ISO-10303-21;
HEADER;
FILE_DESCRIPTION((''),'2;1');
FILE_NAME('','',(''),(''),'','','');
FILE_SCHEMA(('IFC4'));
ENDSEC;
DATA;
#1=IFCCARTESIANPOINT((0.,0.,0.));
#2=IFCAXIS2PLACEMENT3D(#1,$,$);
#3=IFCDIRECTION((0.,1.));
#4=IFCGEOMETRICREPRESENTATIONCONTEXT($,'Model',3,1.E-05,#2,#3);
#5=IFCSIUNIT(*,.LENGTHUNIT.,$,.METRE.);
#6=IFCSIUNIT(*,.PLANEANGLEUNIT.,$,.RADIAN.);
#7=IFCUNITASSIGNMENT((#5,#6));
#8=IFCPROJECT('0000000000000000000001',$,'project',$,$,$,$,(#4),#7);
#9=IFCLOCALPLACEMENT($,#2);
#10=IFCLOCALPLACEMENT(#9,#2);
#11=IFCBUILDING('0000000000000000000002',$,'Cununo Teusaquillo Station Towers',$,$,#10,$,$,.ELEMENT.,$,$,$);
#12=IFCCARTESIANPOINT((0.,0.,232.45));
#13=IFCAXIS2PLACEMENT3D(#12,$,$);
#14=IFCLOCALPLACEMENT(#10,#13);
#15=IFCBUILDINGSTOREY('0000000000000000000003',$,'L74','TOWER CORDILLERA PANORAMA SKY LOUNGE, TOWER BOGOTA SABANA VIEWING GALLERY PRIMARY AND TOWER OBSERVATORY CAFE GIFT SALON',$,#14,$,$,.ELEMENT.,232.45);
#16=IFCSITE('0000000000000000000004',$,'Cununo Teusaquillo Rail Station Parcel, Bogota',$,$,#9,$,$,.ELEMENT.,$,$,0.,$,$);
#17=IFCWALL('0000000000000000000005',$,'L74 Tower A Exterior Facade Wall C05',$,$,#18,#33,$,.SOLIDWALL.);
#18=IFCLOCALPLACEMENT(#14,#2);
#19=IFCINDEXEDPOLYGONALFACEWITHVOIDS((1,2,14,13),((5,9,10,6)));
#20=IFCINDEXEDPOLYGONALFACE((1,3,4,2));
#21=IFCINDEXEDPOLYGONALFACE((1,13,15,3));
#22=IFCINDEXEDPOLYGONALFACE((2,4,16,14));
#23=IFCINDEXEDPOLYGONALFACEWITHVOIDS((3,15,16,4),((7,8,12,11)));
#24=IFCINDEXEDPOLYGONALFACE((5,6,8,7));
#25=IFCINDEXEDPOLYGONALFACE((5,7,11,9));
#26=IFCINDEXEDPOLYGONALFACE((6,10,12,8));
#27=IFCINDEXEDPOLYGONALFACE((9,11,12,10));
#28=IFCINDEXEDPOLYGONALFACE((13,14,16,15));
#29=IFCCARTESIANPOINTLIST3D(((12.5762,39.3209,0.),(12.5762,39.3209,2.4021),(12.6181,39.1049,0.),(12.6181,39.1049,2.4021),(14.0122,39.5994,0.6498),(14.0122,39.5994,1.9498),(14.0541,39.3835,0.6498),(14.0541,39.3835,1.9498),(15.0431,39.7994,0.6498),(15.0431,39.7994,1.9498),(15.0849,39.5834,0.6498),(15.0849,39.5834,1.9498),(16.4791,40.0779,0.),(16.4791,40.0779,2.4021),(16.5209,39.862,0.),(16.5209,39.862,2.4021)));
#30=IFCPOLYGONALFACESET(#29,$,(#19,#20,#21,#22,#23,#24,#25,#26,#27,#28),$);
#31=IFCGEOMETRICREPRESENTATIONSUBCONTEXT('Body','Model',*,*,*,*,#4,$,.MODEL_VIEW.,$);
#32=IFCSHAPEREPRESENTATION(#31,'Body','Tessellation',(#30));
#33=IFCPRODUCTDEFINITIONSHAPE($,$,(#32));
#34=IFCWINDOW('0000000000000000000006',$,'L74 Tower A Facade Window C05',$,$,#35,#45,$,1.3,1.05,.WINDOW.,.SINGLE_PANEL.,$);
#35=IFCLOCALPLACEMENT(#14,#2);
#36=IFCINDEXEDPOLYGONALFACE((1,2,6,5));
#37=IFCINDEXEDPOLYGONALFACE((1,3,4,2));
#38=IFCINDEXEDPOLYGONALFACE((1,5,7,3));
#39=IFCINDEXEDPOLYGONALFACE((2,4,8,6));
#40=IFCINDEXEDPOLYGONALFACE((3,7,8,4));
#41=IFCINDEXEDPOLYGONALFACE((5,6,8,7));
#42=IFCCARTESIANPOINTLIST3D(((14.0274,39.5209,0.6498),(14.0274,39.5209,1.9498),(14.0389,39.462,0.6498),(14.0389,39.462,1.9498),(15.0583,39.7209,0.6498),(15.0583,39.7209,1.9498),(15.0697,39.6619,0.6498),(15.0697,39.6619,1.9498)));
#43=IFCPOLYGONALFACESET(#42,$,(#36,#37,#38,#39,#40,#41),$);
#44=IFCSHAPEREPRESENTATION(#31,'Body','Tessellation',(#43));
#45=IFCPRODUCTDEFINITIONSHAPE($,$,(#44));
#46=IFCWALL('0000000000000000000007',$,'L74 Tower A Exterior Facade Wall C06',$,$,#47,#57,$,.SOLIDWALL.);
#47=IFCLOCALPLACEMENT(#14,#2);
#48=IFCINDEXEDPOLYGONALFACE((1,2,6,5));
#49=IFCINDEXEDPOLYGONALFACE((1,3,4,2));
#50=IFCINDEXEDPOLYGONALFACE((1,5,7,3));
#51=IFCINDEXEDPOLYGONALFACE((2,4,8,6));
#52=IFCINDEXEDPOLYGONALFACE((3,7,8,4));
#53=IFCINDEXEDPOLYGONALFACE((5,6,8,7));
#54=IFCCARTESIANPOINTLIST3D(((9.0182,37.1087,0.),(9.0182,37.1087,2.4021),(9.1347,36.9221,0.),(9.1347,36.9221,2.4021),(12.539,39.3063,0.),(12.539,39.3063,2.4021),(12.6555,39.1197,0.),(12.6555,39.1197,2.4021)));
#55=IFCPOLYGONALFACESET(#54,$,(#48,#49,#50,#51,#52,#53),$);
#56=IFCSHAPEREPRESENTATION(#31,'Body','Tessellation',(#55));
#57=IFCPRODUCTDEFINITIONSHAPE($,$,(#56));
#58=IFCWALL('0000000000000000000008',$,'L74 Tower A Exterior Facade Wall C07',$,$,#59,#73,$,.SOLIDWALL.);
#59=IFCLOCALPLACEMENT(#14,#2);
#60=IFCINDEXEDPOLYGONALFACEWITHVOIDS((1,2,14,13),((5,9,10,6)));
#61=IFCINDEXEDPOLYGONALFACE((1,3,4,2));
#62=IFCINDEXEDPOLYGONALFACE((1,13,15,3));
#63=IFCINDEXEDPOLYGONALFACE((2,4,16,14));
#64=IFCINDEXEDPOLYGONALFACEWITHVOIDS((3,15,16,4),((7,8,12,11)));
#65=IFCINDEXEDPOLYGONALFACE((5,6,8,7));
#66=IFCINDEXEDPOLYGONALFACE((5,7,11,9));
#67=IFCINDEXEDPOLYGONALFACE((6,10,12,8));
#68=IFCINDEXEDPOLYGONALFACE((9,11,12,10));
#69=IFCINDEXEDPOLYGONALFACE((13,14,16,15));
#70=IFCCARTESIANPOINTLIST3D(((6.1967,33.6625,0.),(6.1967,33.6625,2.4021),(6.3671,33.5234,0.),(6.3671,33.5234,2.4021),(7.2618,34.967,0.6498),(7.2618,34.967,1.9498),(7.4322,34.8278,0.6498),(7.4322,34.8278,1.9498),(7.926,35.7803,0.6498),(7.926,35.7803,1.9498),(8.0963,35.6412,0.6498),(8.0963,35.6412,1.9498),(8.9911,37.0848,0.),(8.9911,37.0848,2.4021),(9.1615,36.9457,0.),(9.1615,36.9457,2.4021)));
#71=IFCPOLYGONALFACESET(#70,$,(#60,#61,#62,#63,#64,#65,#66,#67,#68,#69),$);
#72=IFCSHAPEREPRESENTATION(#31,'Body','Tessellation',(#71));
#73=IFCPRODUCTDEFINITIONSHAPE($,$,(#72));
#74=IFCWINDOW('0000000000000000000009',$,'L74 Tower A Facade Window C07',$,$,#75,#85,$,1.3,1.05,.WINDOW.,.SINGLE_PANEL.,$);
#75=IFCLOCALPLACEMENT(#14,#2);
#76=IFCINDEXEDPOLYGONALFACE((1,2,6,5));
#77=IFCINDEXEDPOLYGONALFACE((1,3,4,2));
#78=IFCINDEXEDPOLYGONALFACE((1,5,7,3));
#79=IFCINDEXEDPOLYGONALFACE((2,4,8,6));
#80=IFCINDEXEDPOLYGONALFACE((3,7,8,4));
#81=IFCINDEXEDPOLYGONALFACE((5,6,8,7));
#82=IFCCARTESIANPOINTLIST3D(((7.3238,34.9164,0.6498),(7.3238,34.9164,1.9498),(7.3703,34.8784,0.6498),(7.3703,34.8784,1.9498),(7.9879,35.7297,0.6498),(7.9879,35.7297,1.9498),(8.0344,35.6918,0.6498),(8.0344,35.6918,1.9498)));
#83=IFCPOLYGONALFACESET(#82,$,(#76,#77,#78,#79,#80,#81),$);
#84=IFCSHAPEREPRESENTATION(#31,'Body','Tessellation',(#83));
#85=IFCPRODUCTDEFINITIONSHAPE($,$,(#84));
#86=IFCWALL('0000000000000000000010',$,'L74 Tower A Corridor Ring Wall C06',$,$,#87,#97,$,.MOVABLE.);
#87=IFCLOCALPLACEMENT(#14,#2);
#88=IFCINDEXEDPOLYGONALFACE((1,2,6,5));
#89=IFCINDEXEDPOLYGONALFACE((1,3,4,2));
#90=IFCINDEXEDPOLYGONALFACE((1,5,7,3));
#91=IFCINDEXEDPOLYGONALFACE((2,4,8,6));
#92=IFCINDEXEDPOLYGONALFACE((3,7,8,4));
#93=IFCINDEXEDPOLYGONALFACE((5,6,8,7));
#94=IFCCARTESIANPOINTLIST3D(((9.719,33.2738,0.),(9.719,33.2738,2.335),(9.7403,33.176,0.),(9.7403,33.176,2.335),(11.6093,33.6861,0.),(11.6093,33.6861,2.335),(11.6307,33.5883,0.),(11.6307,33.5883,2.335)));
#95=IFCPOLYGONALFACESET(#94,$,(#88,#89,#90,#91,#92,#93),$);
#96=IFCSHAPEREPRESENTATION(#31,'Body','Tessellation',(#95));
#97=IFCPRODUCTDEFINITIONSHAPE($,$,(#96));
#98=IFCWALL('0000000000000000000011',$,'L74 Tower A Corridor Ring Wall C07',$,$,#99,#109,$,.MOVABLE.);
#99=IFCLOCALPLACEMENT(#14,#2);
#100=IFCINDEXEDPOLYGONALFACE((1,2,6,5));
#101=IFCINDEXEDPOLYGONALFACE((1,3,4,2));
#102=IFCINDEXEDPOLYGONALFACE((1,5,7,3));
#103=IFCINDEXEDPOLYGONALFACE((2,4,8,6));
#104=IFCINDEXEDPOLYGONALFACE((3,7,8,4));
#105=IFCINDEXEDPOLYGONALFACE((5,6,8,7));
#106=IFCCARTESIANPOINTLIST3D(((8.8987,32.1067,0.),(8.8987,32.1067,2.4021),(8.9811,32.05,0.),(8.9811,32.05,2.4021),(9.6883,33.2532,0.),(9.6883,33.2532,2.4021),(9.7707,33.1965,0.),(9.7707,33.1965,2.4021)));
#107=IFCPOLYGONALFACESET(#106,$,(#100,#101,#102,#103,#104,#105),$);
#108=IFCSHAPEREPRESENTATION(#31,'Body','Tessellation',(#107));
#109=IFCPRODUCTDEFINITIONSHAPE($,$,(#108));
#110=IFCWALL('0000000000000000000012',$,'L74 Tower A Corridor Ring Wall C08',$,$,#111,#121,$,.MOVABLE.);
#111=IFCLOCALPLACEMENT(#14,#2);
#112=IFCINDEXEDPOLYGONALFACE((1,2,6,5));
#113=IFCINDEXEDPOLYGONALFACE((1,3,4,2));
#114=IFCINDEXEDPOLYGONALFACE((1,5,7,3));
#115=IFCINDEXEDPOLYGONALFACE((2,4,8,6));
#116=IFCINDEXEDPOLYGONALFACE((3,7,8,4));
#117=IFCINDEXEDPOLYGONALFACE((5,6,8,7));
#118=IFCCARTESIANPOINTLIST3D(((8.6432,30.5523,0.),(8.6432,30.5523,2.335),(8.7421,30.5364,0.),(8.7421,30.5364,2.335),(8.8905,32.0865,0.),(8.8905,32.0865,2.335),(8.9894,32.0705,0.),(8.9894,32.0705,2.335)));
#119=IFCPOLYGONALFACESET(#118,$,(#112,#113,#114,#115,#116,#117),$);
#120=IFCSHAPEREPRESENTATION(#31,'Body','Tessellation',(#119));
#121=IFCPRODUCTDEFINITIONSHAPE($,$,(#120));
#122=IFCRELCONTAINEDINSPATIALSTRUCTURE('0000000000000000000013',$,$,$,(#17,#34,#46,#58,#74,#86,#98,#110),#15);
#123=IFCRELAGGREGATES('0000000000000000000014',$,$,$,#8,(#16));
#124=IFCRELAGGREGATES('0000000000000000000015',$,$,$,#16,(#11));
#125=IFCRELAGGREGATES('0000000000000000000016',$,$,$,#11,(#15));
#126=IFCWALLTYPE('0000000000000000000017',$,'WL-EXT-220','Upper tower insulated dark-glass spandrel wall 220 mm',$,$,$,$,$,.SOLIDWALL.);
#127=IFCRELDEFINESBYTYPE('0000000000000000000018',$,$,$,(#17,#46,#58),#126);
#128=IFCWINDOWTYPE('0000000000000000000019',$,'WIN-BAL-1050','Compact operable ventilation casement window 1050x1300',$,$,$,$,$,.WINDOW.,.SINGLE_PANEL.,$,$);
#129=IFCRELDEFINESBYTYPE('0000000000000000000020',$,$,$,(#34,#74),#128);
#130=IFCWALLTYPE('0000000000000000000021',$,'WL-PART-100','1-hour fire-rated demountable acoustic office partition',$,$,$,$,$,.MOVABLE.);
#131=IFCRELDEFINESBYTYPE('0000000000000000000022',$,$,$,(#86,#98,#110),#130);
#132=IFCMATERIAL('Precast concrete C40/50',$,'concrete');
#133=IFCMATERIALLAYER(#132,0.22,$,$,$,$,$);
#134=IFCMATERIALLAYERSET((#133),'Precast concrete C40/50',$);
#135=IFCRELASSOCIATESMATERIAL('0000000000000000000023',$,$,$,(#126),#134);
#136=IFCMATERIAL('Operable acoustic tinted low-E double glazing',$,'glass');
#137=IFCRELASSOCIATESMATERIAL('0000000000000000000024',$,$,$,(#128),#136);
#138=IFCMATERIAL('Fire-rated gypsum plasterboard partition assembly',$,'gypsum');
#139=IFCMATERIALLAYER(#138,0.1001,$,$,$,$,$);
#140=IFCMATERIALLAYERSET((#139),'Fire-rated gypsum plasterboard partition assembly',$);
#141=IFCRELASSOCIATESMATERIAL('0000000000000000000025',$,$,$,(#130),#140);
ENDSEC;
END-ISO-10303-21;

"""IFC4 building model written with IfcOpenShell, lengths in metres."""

from ifc_helpers import new_model, si_unit, direction, frame, frame_2d, origin, place, context, subcontext, project, spatial, rectangle, extrude, source, transform, mapped, material, layer, layer_set, type_object, element, fill, save


model = new_model("IFC4")

# Units and contexts
model_context = context("Model", 3, precision=1e-05, world=origin(), true_north=direction((0.0, 1.0)))
body_context = subcontext(model_context, "Body", "Model", "MODEL_VIEW")
ifc_project = project(units=[si_unit("LENGTHUNIT", "METRE"), si_unit("PLANEANGLEUNIT", "RADIAN")], contexts=[model_context])

# Site, building, storey
site_placement = place(None, origin())
site = spatial("IfcSite", under=ifc_project, at=site_placement, Name="Cununo Teusaquillo Rail Station Parcel, Bogota", CompositionType="ELEMENT", RefElevation=0.0)
building_placement = place(site_placement, origin())
building = spatial("IfcBuilding", under=site, at=building_placement, Name="Cununo Teusaquillo Station Towers", CompositionType="ELEMENT")
storey_placement = place(building_placement, frame((0.0, 0.0, 232.45)))
storey = spatial("IfcBuildingStorey", under=building, at=storey_placement, Name="L74", Description="TOWER CORDILLERA PANORAMA SKY LOUNGE, TOWER BOGOTA SABANA VIEWING GALLERY PRIMARY AND TOWER OBSERVATORY CAFE GIFT SALON", CompositionType="ELEMENT", Elevation=232.45)

# Wall, opening, window
ifc_material_1 = material(Name="Precast concrete C40/50", Category="concrete")
ifc_layer_1 = layer(ifc_material_1, 0.22)
ifc_layer_set_1 = layer_set([ifc_layer_1], Name="Precast concrete C40/50")
wall_type_1 = type_object("IfcWallType", Name="WL-EXT-220", Description="Upper tower insulated dark-glass spandrel wall 220 mm", PredefinedType="SOLIDWALL", material=ifc_layer_set_1)
wall_1_placement = place(storey_placement, frame((12.5972, 39.2129, 0.0), z_axis=(0.0, 0.0, 1.0), x_axis=(0.9817, 0.190432, 0.0)))
wall_1 = element("IfcWall", 1, at=wall_1_placement, inside=storey, type_object=wall_type_1, Name="L74 Tower A Exterior Facade Wall C05", PredefinedType="SOLIDWALL", context=body_context, shape_type="SweptSolid", body=[
    extrude(rectangle(XDim=3.9756, YDim=0.22, at=frame_2d((1.9878, 0.0))), origin(), (0.0, 0.0, 1.0), 2.4021),
])
shared_shape_1 = source(origin(), body_context, "Body", "SweptSolid", [
    extrude(rectangle(XDim=1.05, YDim=1.3, at=frame_2d((0.5249, 0.6499))), frame((0.0, 0.1199, 0.0), z_axis=(0.0, -1.0, 0.0), x_axis=(1.0, 0.0, 0.0)), (0.0, 0.0, 1.0), 0.24),
])
opening_1_placement = place(wall_1_placement, frame((1.4629, 0.0, 0.6499)))
opening_1 = element("IfcOpeningElement", 2, at=opening_1_placement, cuts=wall_1, PredefinedType="OPENING", context=body_context, shape_type="MappedRepresentation", body=[
    mapped(shared_shape_1, transform((0.0, 0.0, 0.0), x_axis=(1.0, 0.0, 0.0), y_axis=(0.0, 1.0, 0.0), z_axis=(0.0, 0.0, 1.0), scale=1.0)),
])
ifc_material_2 = material(Name="Operable acoustic tinted low-E double glazing", Category="glass")
window_type = type_object("IfcWindowType", Name="WIN-BAL-1050", Description="Compact operable ventilation casement window 1050x1300", PartitioningType="SINGLE_PANEL", PredefinedType="WINDOW", material=ifc_material_2)
shared_shape_2 = source(origin(), body_context, "Body", "SweptSolid", [
    extrude(rectangle(XDim=1.05, YDim=1.3, at=frame_2d((0.5249, 0.6499))), frame((0.0, 0.03, 0.0), z_axis=(0.0, -1.0, 0.0), x_axis=(1.0, 0.0, 0.0)), (0.0, 0.0, 1.0), 0.0601),
])
window_1_placement = place(opening_1_placement, origin())
window_1 = element("IfcWindow", 3, at=window_1_placement, inside=storey, type_object=window_type, Name="L74 Tower A Facade Window C05", OverallHeight=1.3, OverallWidth=1.05, PartitioningType="SINGLE_PANEL", PredefinedType="WINDOW", context=body_context, shape_type="MappedRepresentation", body=[
    mapped(shared_shape_2, transform((0.0, 0.0, 0.0), x_axis=(1.0, 0.0, 0.0), y_axis=(0.0, 1.0, 0.0), z_axis=(0.0, 0.0, 1.0), scale=1.0)),
])
fill(opening_1, window_1)

# Wall
wall_2_placement = place(storey_placement, frame((9.0764, 37.0154, 0.0), z_axis=(0.0, 0.0, 1.0), x_axis=(0.848319, 0.529486, 0.0)))
element("IfcWall", 4, at=wall_2_placement, inside=storey, type_object=wall_type_1, Name="L74 Tower A Exterior Facade Wall C06", PredefinedType="SOLIDWALL", context=body_context, shape_type="SweptSolid", body=[
    extrude(rectangle(XDim=4.1504, YDim=0.22, at=frame_2d((2.0752, 0.0))), origin(), (0.0, 0.0, 1.0), 2.4021),
])

# Wall, opening, window
wall_3_placement = place(storey_placement, frame((6.282, 33.593, 0.0), z_axis=(0.0, 0.0, 1.0), x_axis=(0.632467, 0.774587, 0.0)))
wall_3 = element("IfcWall", 5, at=wall_3_placement, inside=storey, type_object=wall_type_1, Name="L74 Tower A Exterior Facade Wall C07", PredefinedType="SOLIDWALL", context=body_context, shape_type="SweptSolid", body=[
    extrude(rectangle(XDim=4.4182, YDim=0.22, at=frame_2d((2.209, 0.0))), origin(), (0.0, 0.0, 1.0), 2.4021),
])
opening_2_placement = place(wall_3_placement, frame((1.6841, 0.0, 0.6499)))
opening_2 = element("IfcOpeningElement", 6, at=opening_2_placement, cuts=wall_3, PredefinedType="OPENING", context=body_context, shape_type="MappedRepresentation", body=[
    mapped(shared_shape_1, transform((0.0, 0.0, 0.0), x_axis=(1.0, 0.0, 0.0), y_axis=(0.0, 1.0, 0.0), z_axis=(0.0, 0.0, 1.0), scale=1.0)),
])
window_2_placement = place(opening_2_placement, origin())
window_2 = element("IfcWindow", 7, at=window_2_placement, inside=storey, type_object=window_type, Name="L74 Tower A Facade Window C07", OverallHeight=1.3, OverallWidth=1.05, PartitioningType="SINGLE_PANEL", PredefinedType="WINDOW", context=body_context, shape_type="MappedRepresentation", body=[
    mapped(shared_shape_2, transform((0.0, 0.0, 0.0), x_axis=(1.0, 0.0, 0.0), y_axis=(0.0, 1.0, 0.0), z_axis=(0.0, 0.0, 1.0), scale=1.0)),
])
fill(opening_2, window_2)

# Walls
ifc_material_3 = material(Name="Fire-rated gypsum plasterboard partition assembly", Category="gypsum")
ifc_layer_2 = layer(ifc_material_3, 0.1001)
ifc_layer_set_2 = layer_set([ifc_layer_2], Name="Fire-rated gypsum plasterboard partition assembly")
wall_type_2 = type_object("IfcWallType", Name="WL-PART-100", Description="1-hour fire-rated demountable acoustic office partition", PredefinedType="MOVABLE", material=ifc_layer_set_2)
wall_4_placement = place(storey_placement, frame((11.6199, 33.6372, 0.0), z_axis=(0.0, 0.0, 1.0), x_axis=(-0.977026, -0.213121, 0.0)))
element("IfcWall", 8, at=wall_4_placement, inside=storey, type_object=wall_type_2, Name="L74 Tower A Corridor Ring Wall C06", PredefinedType="MOVABLE", context=body_context, shape_type="SweptSolid", body=[
    extrude(rectangle(XDim=1.9348, YDim=0.1001, at=frame_2d((0.9673, 0.0))), origin(), (0.0, 0.0, 1.0), 2.335),
])
wall_5_placement = place(storey_placement, frame((9.7295, 33.2249, 0.0), z_axis=(0.0, 0.0, 1.0), x_axis=(-0.567184, -0.823591, 0.0)))
element("IfcWall", 9, at=wall_5_placement, inside=storey, type_object=wall_type_2, Name="L74 Tower A Corridor Ring Wall C07", PredefinedType="MOVABLE", context=body_context, shape_type="SweptSolid", body=[
    extrude(rectangle(XDim=1.3921, YDim=0.1001, at=frame_2d((0.696, 0.0))), origin(), (0.0, 0.0, 1.0), 2.4021),
])
wall_6_placement = place(storey_placement, frame((8.9399, 32.0784, 0.0), z_axis=(0.0, 0.0, 1.0), x_axis=(-0.159148, -0.987255, 0.0)))
element("IfcWall", 10, at=wall_6_placement, inside=storey, type_object=wall_type_2, Name="L74 Tower A Corridor Ring Wall C08", PredefinedType="MOVABLE", context=body_context, shape_type="SweptSolid", body=[
    extrude(rectangle(XDim=1.554, YDim=0.1001, at=frame_2d((0.7769, 0.0))), origin(), (0.0, 0.0, 1.0), 2.335),
])

save(model, "model.ifc")
